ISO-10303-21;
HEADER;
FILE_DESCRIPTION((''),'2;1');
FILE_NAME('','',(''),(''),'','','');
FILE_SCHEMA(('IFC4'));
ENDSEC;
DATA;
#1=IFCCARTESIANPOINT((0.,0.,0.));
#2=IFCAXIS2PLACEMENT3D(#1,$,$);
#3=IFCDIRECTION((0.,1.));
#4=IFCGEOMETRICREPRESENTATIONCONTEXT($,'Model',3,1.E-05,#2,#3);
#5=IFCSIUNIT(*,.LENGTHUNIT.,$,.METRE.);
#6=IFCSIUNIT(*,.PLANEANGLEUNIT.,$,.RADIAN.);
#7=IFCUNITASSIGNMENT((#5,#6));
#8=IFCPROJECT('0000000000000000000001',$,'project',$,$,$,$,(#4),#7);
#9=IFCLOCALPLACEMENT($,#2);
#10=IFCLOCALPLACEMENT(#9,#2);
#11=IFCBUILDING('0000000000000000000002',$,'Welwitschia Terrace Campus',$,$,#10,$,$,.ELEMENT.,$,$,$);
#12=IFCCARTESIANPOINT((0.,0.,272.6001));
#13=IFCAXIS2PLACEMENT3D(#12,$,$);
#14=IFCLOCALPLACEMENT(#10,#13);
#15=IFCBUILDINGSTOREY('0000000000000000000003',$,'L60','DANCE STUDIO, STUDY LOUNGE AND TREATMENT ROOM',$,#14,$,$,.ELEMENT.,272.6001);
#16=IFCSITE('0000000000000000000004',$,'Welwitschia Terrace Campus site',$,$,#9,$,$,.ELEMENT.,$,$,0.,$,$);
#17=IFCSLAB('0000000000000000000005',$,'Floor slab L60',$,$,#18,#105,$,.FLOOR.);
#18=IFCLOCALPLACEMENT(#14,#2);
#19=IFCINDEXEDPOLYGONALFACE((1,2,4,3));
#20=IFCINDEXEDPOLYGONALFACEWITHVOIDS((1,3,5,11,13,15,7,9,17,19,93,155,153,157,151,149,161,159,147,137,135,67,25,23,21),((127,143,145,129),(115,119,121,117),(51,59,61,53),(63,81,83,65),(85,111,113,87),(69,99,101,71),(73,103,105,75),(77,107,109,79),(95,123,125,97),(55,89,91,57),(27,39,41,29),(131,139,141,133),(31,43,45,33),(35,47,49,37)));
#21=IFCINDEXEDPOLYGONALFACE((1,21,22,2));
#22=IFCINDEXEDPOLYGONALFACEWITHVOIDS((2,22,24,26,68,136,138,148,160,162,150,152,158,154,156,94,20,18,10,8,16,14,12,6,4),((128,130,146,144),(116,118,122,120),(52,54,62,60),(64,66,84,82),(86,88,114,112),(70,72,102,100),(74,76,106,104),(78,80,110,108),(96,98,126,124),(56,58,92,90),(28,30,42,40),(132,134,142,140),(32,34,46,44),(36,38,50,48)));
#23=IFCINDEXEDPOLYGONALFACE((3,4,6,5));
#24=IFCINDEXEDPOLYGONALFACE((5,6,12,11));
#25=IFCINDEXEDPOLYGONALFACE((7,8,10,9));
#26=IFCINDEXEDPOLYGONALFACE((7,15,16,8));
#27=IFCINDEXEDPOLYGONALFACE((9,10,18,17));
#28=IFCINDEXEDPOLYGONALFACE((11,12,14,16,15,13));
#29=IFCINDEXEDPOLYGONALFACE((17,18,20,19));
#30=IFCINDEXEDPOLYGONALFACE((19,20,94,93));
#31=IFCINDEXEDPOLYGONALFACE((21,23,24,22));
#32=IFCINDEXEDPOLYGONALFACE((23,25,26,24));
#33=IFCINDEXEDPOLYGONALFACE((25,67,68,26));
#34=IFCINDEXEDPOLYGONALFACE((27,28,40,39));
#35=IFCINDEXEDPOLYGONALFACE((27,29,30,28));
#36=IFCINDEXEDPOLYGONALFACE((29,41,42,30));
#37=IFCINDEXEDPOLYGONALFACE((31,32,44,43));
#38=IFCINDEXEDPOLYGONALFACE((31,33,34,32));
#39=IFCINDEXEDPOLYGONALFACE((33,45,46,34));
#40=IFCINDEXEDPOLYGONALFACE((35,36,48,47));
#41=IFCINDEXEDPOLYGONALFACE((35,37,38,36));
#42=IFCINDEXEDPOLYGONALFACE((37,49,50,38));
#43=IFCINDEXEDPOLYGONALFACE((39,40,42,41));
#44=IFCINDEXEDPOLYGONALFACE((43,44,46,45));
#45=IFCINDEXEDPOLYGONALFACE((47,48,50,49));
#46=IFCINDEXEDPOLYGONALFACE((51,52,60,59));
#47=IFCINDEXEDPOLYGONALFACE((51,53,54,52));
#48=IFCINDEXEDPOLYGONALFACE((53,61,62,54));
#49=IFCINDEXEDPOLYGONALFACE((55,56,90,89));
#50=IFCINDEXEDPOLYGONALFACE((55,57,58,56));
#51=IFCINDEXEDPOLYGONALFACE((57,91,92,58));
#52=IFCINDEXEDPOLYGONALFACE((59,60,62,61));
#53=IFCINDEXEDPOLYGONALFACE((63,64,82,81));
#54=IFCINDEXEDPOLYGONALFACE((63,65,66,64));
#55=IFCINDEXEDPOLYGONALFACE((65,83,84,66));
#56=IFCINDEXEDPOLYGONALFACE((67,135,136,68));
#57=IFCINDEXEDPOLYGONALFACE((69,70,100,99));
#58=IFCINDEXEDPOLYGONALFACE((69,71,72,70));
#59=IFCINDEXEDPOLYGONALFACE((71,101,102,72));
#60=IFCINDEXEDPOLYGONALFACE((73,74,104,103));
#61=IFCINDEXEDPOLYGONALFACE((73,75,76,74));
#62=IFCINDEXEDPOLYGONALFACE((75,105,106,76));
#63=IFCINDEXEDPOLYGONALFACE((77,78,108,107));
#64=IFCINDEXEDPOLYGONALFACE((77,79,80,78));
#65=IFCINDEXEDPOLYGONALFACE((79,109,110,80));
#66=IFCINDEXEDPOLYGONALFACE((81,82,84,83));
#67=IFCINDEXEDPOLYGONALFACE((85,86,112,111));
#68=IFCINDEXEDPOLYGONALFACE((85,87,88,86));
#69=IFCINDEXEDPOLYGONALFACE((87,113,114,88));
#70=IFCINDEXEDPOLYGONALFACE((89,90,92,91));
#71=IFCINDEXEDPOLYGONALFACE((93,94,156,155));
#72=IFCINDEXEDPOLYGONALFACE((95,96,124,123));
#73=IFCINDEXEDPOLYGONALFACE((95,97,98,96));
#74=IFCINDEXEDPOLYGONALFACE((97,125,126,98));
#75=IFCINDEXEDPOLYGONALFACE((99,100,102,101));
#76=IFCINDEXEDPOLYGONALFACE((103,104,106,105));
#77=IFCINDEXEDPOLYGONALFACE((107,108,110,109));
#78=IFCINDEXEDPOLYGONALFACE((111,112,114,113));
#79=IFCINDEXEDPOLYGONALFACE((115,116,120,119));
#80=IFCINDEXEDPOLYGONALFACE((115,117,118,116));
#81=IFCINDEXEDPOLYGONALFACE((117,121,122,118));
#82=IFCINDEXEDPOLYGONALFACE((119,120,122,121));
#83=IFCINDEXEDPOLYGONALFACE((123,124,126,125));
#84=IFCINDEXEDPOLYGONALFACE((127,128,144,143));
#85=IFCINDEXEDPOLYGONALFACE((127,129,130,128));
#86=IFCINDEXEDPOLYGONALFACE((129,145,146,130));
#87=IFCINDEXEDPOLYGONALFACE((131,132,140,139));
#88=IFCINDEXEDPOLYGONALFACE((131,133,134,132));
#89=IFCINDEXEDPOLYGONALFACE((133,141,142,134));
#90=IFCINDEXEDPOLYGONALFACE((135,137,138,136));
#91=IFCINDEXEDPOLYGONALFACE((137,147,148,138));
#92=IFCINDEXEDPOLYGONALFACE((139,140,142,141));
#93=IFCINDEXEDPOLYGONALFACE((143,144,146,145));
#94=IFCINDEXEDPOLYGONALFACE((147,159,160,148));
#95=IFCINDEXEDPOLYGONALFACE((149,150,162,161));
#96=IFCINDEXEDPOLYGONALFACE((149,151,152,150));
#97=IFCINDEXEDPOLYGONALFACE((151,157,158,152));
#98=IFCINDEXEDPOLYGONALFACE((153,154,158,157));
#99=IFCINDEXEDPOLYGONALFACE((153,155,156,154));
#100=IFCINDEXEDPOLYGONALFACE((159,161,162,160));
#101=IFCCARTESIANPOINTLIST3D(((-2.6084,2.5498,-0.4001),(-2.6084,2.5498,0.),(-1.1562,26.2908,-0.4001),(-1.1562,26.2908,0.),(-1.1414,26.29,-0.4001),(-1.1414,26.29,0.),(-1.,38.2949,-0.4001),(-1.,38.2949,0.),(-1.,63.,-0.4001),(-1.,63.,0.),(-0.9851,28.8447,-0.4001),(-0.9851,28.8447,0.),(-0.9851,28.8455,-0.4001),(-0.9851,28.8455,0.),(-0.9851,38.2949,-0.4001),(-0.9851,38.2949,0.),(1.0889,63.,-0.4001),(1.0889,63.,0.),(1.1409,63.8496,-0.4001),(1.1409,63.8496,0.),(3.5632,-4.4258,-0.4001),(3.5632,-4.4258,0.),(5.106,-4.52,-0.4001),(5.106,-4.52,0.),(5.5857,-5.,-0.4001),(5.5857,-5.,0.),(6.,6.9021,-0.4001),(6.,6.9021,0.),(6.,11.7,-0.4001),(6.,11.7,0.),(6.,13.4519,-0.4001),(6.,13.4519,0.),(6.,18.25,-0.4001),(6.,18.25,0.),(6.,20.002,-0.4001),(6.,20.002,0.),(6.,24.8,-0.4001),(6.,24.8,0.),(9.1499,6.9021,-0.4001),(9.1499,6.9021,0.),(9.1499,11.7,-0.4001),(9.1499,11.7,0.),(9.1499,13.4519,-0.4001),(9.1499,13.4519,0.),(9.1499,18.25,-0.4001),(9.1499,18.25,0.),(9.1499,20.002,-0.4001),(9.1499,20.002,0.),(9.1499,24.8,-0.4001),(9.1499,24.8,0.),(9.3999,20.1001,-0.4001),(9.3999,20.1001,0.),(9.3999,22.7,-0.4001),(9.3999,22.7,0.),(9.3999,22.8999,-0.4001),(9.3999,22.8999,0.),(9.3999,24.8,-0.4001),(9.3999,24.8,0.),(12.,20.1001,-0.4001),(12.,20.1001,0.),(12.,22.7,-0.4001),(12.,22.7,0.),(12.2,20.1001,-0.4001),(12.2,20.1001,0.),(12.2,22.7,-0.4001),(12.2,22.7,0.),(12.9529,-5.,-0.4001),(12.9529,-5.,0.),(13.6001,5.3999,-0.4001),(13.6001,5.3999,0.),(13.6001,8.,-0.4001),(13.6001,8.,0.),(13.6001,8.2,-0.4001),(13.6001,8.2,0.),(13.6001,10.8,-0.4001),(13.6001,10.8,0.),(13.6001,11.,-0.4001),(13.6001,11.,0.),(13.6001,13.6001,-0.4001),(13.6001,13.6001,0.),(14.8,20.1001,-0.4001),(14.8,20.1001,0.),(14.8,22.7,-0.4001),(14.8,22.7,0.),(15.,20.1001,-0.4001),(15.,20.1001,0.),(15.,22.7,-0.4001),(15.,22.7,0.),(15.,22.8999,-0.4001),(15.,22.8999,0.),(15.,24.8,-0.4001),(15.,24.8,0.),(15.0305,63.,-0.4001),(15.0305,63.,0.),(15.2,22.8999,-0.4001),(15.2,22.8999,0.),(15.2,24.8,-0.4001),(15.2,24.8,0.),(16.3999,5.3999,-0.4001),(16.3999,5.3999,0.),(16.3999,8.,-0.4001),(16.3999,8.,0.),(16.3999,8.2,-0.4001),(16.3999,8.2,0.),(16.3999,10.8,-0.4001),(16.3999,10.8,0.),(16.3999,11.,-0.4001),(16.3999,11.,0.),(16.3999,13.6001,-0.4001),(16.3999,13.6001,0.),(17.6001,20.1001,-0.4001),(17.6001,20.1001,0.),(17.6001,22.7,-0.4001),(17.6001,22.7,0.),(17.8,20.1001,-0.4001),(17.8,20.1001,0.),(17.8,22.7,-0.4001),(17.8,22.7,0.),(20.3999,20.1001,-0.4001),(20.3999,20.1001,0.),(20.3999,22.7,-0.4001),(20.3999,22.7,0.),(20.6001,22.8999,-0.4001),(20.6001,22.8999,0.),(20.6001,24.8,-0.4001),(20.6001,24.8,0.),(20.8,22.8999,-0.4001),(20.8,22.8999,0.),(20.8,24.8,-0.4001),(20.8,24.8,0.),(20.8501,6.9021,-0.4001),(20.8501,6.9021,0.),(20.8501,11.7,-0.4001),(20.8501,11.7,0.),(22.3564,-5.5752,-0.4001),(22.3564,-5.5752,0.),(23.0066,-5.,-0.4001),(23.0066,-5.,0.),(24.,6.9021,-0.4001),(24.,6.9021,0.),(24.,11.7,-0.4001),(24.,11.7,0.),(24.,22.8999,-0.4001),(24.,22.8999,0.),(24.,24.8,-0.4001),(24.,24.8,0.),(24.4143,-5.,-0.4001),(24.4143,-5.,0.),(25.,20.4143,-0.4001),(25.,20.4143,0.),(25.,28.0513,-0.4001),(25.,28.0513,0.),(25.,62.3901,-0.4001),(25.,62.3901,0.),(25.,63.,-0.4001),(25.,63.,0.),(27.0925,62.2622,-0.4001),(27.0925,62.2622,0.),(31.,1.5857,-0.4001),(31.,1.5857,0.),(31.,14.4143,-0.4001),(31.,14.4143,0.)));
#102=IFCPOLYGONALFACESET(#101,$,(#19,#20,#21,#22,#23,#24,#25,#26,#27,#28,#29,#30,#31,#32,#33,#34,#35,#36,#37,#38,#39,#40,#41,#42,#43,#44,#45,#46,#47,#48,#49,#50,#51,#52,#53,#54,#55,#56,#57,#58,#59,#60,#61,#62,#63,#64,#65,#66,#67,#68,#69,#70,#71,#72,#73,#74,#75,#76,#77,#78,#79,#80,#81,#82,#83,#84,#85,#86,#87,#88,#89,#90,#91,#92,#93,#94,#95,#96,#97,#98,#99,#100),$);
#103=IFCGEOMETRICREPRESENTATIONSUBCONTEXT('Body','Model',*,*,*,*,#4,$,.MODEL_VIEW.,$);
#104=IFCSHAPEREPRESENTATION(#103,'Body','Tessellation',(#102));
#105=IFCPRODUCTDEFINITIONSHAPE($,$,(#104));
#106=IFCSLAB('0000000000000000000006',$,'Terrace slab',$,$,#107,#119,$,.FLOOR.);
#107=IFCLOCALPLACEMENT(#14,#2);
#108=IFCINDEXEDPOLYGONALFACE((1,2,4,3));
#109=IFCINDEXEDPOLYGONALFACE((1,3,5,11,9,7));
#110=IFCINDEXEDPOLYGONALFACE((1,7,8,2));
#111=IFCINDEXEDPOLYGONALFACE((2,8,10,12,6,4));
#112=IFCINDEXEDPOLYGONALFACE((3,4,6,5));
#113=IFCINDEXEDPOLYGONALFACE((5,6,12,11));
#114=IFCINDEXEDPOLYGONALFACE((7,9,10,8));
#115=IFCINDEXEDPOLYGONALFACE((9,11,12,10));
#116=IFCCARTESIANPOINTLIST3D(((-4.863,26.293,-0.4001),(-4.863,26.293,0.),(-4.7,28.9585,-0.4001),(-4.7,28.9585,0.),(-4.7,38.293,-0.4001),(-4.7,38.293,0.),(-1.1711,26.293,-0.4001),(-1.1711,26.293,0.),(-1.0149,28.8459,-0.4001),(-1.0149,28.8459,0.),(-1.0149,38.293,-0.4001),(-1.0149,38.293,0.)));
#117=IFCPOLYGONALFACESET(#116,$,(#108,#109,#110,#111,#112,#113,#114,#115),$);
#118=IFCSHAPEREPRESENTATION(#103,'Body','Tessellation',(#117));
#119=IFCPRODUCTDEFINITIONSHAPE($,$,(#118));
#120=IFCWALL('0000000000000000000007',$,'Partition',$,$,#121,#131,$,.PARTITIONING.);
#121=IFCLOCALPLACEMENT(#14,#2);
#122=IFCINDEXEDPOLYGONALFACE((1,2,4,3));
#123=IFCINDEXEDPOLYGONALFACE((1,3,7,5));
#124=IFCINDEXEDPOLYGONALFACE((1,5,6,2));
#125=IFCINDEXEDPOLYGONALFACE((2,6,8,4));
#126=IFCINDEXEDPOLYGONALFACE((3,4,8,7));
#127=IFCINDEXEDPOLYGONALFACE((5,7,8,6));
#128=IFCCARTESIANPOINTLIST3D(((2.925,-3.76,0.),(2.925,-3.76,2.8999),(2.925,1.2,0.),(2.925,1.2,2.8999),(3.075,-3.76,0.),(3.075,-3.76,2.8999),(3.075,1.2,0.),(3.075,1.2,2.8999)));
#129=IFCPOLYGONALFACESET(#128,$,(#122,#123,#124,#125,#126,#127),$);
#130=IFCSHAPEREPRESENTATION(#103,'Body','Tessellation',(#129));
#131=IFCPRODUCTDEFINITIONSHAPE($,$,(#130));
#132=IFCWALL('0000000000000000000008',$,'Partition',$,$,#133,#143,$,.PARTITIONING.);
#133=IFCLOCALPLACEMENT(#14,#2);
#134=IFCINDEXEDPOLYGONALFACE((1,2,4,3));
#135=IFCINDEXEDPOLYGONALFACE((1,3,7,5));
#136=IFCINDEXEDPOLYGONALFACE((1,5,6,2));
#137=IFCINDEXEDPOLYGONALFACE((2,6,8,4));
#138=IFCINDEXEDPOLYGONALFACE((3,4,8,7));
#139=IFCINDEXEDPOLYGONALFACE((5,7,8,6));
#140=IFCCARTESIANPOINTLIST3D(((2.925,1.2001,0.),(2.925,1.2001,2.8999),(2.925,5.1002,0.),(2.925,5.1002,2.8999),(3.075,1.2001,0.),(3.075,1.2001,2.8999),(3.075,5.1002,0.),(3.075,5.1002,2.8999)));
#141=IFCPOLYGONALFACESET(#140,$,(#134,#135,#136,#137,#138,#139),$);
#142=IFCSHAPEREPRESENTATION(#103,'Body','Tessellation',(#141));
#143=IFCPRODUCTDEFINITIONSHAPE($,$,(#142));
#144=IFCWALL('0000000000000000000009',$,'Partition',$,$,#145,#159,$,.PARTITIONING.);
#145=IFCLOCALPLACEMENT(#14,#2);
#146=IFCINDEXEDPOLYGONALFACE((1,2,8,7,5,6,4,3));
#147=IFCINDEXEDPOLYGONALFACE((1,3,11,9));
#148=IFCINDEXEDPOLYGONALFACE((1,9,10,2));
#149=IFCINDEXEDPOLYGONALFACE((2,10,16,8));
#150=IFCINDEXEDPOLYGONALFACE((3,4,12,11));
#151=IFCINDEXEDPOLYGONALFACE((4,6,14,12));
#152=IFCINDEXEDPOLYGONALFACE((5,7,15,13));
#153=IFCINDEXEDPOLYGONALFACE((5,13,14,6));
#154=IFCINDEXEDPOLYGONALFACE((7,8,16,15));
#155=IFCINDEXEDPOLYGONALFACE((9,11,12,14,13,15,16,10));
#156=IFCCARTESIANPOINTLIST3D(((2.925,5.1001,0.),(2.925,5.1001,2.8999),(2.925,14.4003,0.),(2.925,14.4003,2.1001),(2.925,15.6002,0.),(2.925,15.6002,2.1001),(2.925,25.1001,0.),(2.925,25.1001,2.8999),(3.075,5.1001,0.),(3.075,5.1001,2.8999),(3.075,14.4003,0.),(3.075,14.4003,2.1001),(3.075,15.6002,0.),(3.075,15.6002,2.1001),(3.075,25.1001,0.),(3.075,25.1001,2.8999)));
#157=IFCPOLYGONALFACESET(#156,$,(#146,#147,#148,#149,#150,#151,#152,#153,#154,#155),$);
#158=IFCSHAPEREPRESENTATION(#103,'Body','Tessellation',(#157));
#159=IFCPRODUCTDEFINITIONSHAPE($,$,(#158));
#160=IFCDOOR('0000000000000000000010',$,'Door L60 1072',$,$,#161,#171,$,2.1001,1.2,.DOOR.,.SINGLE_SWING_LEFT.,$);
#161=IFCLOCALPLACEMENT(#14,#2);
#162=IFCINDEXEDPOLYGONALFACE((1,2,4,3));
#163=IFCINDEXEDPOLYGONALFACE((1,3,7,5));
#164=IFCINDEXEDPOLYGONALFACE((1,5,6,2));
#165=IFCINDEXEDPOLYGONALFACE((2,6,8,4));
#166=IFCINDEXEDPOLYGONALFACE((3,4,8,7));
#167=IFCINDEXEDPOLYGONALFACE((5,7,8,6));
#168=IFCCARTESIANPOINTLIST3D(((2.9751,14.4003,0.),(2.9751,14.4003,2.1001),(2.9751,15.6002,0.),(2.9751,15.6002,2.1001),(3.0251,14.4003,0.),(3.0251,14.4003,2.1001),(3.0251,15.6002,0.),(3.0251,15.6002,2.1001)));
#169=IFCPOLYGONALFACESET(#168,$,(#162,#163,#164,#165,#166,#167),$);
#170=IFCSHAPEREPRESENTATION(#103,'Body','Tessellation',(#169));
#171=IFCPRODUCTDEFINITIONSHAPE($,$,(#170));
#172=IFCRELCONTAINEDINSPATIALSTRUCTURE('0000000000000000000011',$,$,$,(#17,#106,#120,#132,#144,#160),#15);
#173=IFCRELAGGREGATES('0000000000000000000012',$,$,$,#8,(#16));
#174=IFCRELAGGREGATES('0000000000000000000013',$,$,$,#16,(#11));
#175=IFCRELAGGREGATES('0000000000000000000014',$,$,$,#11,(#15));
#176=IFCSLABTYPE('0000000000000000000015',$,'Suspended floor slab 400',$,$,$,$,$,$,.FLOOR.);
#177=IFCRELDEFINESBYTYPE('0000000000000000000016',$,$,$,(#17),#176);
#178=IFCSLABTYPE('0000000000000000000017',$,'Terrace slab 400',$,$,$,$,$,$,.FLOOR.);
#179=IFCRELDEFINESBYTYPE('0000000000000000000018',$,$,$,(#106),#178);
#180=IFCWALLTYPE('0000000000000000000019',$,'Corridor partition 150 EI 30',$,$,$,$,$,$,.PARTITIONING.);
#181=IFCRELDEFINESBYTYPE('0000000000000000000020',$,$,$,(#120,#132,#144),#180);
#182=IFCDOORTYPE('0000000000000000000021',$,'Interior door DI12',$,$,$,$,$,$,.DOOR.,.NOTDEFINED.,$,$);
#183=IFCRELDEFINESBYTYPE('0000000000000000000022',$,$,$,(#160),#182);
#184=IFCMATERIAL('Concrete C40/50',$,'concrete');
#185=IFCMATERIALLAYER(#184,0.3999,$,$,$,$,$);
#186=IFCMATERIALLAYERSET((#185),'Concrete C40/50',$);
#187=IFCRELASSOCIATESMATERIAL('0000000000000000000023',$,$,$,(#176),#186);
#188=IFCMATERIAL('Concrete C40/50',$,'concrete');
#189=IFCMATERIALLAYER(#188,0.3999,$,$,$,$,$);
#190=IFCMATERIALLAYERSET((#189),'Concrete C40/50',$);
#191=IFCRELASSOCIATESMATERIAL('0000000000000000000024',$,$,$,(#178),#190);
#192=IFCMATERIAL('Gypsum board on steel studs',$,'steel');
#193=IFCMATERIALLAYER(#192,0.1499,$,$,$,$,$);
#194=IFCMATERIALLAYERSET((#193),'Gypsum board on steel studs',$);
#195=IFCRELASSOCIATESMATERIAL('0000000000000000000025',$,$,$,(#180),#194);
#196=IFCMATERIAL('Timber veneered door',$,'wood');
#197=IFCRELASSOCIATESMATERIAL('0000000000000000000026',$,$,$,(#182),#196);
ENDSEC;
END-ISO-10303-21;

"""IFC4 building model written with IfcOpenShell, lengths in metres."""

from ifc_helpers import new_model, si_unit, direction, frame, frame_2d, origin, place, context, subcontext, project, spatial, polyline, rectangle, outline, extrude, material, layer, layer_set, type_object, element, fill, save


model = new_model("IFC4")

# Units and contexts
model_context = context("Model", 3, precision=1e-05, world=origin(), true_north=direction((0.0, 1.0)))
body_context = subcontext(model_context, "Body", "Model", "MODEL_VIEW")
ifc_project = project(units=[si_unit("LENGTHUNIT", "METRE"), si_unit("PLANEANGLEUNIT", "RADIAN")], contexts=[model_context])

# Site, building, storey
site_placement = place(None, origin())
site = spatial("IfcSite", under=ifc_project, at=site_placement, Name="Welwitschia Terrace Campus site", CompositionType="ELEMENT", RefElevation=0.0)
building_placement = place(site_placement, origin())
building = spatial("IfcBuilding", under=site, at=building_placement, Name="Welwitschia Terrace Campus", CompositionType="ELEMENT")
storey_placement = place(building_placement, frame((0.0, 0.0, 272.6001)))
storey = spatial("IfcBuildingStorey", under=building, at=storey_placement, Name="L60", Description="DANCE STUDIO, STUDY LOUNGE AND TREATMENT ROOM", CompositionType="ELEMENT", Elevation=272.6001)

# Slabs
ifc_material_1 = material(Name="Concrete C40/50", Category="concrete")
ifc_layer_1 = layer(ifc_material_1, 0.3999)
ifc_layer_set_1 = layer_set([ifc_layer_1], Name="Concrete C40/50")
slab_type_1 = type_object("IfcSlabType", Name="Suspended floor slab 400", PredefinedType="FLOOR", material=ifc_layer_set_1)
slab_1_placement = place(storey_placement, frame((0.0, 0.0, -0.4001)))
element("IfcSlab", 1, at=slab_1_placement, inside=storey, type_object=slab_type_1, Name="Floor slab L60", PredefinedType="FLOOR", context=body_context, shape_type="SweptSolid", body=[
    extrude(outline(polyline([(1.1409, 63.8496), (15.0305, 63.0), (25.0, 63.0), (25.0, 62.3901), (27.0925, 62.2622), (25.0, 28.0513), (25.0, 20.4143), (31.0, 14.4143), (31.0, 1.5857), (24.4143, -5.0), (23.0066, -5.0), (22.3564, -5.5752), (12.9529, -5.0), (5.5857, -5.0), (5.106, -4.52), (3.5632, -4.4258), (-2.6084, 2.5498), (-1.1562, 26.2908), (-1.1414, 26.29), (-0.9851, 28.8447), (-0.9851, 28.8455), (-0.9851, 38.2949), (-1.0, 38.2949), (-1.0, 63.0), (1.0889, 63.0), (1.1409, 63.8496)]), holes=[polyline([(13.6001, 5.3999), (16.3999, 5.3999), (16.3999, 8.0), (13.6001, 8.0), (13.6001, 5.3999)]), polyline([(6.0, 11.7), (6.0, 6.9021), (9.1499, 6.9021), (9.1499, 11.7), (6.0, 11.7)]), polyline([(6.0, 18.25), (6.0, 13.4519), (9.1499, 13.4519), (9.1499, 18.25), (6.0, 18.25)]), polyline([(9.3999, 22.7), (9.3999, 20.1001), (12.0, 20.1001), (12.0, 22.7), (9.3999, 22.7)]), polyline([(12.2, 22.7), (12.2, 20.1001), (14.8, 20.1001), (14.8, 22.7), (12.2, 22.7)]), polyline([(6.0, 24.8), (6.0, 20.002), (9.1499, 20.002), (9.1499, 24.8), (6.0, 24.8)]), polyline([(9.3999, 24.8), (9.3999, 22.8999), (15.0, 22.8999), (15.0, 24.8), (9.3999, 24.8)]), polyline([(20.8501, 6.9021), (24.0, 6.9021), (24.0, 11.7), (20.8501, 11.7), (20.8501, 6.9021)]), polyline([(13.6001, 10.8), (13.6001, 8.2), (16.3999, 8.2), (16.3999, 10.8), (13.6001, 10.8)]), polyline([(13.6001, 13.6001), (13.6001, 11.0), (16.3999, 11.0), (16.3999, 13.6001), (13.6001, 13.6001)]), polyline([(15.0, 22.7), (15.0, 20.1001), (17.6001, 20.1001), (17.6001, 22.7), (15.0, 22.7)]), polyline([(17.8, 22.7), (17.8, 20.1001), (20.3999, 20.1001), (20.3999, 22.7), (17.8, 22.7)]), polyline([(15.2, 24.8), (15.2, 22.8999), (20.6001, 22.8999), (20.6001, 24.8), (15.2, 24.8)]), polyline([(20.8, 24.8), (20.8, 22.8999), (24.0, 22.8999), (24.0, 24.8), (20.8, 24.8)])]), origin(), (0.0, 0.0, 1.0), 0.4001),
])
ifc_material_2 = material(Name="Concrete C40/50", Category="concrete")
ifc_layer_2 = layer(ifc_material_2, 0.3999)
ifc_layer_set_2 = layer_set([ifc_layer_2], Name="Concrete C40/50")
slab_type_2 = type_object("IfcSlabType", Name="Terrace slab 400", PredefinedType="FLOOR", material=ifc_layer_set_2)
slab_2_placement = place(storey_placement, frame((0.0, 0.0, -0.4001)))
element("IfcSlab", 2, at=slab_2_placement, inside=storey, type_object=slab_type_2, Name="Terrace slab", PredefinedType="FLOOR", context=body_context, shape_type="SweptSolid", body=[
    extrude(outline(polyline([(-4.863, 26.293), (-4.7, 28.9585), (-4.7, 38.293), (-1.0149, 38.293), (-1.0149, 28.8459), (-1.1711, 26.293), (-4.863, 26.293)])), origin(), (0.0, 0.0, 1.0), 0.4001),
])

# Walls
ifc_material_3 = material(Name="Gypsum board on steel studs", Category="steel")
ifc_layer_3 = layer(ifc_material_3, 0.1499)
ifc_layer_set_3 = layer_set([ifc_layer_3], Name="Gypsum board on steel studs")
wall_type_1 = type_object("IfcWallType", Name="Corridor partition 150 EI 30", PredefinedType="PARTITIONING", material=ifc_layer_set_3)
wall_1_placement = place(storey_placement, frame((3.0, -3.76, 0.0), z_axis=(0.0, 0.0, 1.0), x_axis=(0.0, 1.0, 0.0)))
element("IfcWall", 3, at=wall_1_placement, inside=storey, type_object=wall_type_1, Name="Partition", PredefinedType="PARTITIONING", context=body_context, shape_type="SweptSolid", body=[
    extrude(rectangle(XDim=4.96, YDim=0.1499, at=frame_2d((2.48, 0.0))), origin(), (0.0, 0.0, 1.0), 2.8999),
])
wall_2_placement = place(storey_placement, frame((3.0, 1.2, 0.0), z_axis=(0.0, 0.0, 1.0), x_axis=(0.0, 1.0, 0.0)))
element("IfcWall", 4, at=wall_2_placement, inside=storey, type_object=wall_type_1, Name="Partition", PredefinedType="PARTITIONING", context=body_context, shape_type="SweptSolid", body=[
    extrude(rectangle(XDim=3.9001, YDim=0.1499, at=frame_2d((1.9502, 0.0))), origin(), (0.0, 0.0, 1.0), 2.8999),
])

# Wall, opening, door
wall_3_placement = place(storey_placement, frame((3.0, 5.1001, 0.0), z_axis=(0.0, 0.0, 1.0), x_axis=(0.0, 1.0, 0.0)))
wall_3 = element("IfcWall", 5, at=wall_3_placement, inside=storey, type_object=wall_type_1, Name="Partition", PredefinedType="PARTITIONING", context=body_context, shape_type="SweptSolid", body=[
    extrude(rectangle(XDim=20.0, YDim=0.1499, at=frame_2d((10.0, 0.0))), origin(), (0.0, 0.0, 1.0), 2.8999),
])
opening_placement = place(wall_3_placement, frame((9.3, 0.0, 0.0)))
opening = element("IfcOpeningElement", 6, at=opening_placement, cuts=wall_3, PredefinedType="OPENING", context=body_context, shape_type="SweptSolid", body=[
    extrude(rectangle(XDim=1.2, YDim=2.1001, at=frame_2d((0.6001, 1.05))), frame((0.0, 0.085, 0.0), z_axis=(0.0, -1.0, 0.0), x_axis=(1.0, 0.0, 0.0)), (0.0, 0.0, 1.0), 0.1699),
])
ifc_material_4 = material(Name="Timber veneered door", Category="wood")
door_type = type_object("IfcDoorType", Name="Interior door DI12", OperationType="NOTDEFINED", PredefinedType="DOOR", material=ifc_material_4)
door_placement = place(opening_placement, origin())
door = element("IfcDoor", 7, at=door_placement, inside=storey, type_object=door_type, Name="Door L60 1072", OperationType="SINGLE_SWING_LEFT", OverallHeight=2.1001, OverallWidth=1.2, PredefinedType="DOOR", context=body_context, shape_type="SweptSolid", body=[
    extrude(rectangle(XDim=1.2, YDim=2.1001, at=frame_2d((0.6001, 1.05))), frame((0.0, 0.0249, 0.0), z_axis=(0.0, -1.0, 0.0), x_axis=(1.0, 0.0, 0.0)), (0.0, 0.0, 1.0), 0.05),
])
fill(opening, door)

save(model, "model.ifc")
